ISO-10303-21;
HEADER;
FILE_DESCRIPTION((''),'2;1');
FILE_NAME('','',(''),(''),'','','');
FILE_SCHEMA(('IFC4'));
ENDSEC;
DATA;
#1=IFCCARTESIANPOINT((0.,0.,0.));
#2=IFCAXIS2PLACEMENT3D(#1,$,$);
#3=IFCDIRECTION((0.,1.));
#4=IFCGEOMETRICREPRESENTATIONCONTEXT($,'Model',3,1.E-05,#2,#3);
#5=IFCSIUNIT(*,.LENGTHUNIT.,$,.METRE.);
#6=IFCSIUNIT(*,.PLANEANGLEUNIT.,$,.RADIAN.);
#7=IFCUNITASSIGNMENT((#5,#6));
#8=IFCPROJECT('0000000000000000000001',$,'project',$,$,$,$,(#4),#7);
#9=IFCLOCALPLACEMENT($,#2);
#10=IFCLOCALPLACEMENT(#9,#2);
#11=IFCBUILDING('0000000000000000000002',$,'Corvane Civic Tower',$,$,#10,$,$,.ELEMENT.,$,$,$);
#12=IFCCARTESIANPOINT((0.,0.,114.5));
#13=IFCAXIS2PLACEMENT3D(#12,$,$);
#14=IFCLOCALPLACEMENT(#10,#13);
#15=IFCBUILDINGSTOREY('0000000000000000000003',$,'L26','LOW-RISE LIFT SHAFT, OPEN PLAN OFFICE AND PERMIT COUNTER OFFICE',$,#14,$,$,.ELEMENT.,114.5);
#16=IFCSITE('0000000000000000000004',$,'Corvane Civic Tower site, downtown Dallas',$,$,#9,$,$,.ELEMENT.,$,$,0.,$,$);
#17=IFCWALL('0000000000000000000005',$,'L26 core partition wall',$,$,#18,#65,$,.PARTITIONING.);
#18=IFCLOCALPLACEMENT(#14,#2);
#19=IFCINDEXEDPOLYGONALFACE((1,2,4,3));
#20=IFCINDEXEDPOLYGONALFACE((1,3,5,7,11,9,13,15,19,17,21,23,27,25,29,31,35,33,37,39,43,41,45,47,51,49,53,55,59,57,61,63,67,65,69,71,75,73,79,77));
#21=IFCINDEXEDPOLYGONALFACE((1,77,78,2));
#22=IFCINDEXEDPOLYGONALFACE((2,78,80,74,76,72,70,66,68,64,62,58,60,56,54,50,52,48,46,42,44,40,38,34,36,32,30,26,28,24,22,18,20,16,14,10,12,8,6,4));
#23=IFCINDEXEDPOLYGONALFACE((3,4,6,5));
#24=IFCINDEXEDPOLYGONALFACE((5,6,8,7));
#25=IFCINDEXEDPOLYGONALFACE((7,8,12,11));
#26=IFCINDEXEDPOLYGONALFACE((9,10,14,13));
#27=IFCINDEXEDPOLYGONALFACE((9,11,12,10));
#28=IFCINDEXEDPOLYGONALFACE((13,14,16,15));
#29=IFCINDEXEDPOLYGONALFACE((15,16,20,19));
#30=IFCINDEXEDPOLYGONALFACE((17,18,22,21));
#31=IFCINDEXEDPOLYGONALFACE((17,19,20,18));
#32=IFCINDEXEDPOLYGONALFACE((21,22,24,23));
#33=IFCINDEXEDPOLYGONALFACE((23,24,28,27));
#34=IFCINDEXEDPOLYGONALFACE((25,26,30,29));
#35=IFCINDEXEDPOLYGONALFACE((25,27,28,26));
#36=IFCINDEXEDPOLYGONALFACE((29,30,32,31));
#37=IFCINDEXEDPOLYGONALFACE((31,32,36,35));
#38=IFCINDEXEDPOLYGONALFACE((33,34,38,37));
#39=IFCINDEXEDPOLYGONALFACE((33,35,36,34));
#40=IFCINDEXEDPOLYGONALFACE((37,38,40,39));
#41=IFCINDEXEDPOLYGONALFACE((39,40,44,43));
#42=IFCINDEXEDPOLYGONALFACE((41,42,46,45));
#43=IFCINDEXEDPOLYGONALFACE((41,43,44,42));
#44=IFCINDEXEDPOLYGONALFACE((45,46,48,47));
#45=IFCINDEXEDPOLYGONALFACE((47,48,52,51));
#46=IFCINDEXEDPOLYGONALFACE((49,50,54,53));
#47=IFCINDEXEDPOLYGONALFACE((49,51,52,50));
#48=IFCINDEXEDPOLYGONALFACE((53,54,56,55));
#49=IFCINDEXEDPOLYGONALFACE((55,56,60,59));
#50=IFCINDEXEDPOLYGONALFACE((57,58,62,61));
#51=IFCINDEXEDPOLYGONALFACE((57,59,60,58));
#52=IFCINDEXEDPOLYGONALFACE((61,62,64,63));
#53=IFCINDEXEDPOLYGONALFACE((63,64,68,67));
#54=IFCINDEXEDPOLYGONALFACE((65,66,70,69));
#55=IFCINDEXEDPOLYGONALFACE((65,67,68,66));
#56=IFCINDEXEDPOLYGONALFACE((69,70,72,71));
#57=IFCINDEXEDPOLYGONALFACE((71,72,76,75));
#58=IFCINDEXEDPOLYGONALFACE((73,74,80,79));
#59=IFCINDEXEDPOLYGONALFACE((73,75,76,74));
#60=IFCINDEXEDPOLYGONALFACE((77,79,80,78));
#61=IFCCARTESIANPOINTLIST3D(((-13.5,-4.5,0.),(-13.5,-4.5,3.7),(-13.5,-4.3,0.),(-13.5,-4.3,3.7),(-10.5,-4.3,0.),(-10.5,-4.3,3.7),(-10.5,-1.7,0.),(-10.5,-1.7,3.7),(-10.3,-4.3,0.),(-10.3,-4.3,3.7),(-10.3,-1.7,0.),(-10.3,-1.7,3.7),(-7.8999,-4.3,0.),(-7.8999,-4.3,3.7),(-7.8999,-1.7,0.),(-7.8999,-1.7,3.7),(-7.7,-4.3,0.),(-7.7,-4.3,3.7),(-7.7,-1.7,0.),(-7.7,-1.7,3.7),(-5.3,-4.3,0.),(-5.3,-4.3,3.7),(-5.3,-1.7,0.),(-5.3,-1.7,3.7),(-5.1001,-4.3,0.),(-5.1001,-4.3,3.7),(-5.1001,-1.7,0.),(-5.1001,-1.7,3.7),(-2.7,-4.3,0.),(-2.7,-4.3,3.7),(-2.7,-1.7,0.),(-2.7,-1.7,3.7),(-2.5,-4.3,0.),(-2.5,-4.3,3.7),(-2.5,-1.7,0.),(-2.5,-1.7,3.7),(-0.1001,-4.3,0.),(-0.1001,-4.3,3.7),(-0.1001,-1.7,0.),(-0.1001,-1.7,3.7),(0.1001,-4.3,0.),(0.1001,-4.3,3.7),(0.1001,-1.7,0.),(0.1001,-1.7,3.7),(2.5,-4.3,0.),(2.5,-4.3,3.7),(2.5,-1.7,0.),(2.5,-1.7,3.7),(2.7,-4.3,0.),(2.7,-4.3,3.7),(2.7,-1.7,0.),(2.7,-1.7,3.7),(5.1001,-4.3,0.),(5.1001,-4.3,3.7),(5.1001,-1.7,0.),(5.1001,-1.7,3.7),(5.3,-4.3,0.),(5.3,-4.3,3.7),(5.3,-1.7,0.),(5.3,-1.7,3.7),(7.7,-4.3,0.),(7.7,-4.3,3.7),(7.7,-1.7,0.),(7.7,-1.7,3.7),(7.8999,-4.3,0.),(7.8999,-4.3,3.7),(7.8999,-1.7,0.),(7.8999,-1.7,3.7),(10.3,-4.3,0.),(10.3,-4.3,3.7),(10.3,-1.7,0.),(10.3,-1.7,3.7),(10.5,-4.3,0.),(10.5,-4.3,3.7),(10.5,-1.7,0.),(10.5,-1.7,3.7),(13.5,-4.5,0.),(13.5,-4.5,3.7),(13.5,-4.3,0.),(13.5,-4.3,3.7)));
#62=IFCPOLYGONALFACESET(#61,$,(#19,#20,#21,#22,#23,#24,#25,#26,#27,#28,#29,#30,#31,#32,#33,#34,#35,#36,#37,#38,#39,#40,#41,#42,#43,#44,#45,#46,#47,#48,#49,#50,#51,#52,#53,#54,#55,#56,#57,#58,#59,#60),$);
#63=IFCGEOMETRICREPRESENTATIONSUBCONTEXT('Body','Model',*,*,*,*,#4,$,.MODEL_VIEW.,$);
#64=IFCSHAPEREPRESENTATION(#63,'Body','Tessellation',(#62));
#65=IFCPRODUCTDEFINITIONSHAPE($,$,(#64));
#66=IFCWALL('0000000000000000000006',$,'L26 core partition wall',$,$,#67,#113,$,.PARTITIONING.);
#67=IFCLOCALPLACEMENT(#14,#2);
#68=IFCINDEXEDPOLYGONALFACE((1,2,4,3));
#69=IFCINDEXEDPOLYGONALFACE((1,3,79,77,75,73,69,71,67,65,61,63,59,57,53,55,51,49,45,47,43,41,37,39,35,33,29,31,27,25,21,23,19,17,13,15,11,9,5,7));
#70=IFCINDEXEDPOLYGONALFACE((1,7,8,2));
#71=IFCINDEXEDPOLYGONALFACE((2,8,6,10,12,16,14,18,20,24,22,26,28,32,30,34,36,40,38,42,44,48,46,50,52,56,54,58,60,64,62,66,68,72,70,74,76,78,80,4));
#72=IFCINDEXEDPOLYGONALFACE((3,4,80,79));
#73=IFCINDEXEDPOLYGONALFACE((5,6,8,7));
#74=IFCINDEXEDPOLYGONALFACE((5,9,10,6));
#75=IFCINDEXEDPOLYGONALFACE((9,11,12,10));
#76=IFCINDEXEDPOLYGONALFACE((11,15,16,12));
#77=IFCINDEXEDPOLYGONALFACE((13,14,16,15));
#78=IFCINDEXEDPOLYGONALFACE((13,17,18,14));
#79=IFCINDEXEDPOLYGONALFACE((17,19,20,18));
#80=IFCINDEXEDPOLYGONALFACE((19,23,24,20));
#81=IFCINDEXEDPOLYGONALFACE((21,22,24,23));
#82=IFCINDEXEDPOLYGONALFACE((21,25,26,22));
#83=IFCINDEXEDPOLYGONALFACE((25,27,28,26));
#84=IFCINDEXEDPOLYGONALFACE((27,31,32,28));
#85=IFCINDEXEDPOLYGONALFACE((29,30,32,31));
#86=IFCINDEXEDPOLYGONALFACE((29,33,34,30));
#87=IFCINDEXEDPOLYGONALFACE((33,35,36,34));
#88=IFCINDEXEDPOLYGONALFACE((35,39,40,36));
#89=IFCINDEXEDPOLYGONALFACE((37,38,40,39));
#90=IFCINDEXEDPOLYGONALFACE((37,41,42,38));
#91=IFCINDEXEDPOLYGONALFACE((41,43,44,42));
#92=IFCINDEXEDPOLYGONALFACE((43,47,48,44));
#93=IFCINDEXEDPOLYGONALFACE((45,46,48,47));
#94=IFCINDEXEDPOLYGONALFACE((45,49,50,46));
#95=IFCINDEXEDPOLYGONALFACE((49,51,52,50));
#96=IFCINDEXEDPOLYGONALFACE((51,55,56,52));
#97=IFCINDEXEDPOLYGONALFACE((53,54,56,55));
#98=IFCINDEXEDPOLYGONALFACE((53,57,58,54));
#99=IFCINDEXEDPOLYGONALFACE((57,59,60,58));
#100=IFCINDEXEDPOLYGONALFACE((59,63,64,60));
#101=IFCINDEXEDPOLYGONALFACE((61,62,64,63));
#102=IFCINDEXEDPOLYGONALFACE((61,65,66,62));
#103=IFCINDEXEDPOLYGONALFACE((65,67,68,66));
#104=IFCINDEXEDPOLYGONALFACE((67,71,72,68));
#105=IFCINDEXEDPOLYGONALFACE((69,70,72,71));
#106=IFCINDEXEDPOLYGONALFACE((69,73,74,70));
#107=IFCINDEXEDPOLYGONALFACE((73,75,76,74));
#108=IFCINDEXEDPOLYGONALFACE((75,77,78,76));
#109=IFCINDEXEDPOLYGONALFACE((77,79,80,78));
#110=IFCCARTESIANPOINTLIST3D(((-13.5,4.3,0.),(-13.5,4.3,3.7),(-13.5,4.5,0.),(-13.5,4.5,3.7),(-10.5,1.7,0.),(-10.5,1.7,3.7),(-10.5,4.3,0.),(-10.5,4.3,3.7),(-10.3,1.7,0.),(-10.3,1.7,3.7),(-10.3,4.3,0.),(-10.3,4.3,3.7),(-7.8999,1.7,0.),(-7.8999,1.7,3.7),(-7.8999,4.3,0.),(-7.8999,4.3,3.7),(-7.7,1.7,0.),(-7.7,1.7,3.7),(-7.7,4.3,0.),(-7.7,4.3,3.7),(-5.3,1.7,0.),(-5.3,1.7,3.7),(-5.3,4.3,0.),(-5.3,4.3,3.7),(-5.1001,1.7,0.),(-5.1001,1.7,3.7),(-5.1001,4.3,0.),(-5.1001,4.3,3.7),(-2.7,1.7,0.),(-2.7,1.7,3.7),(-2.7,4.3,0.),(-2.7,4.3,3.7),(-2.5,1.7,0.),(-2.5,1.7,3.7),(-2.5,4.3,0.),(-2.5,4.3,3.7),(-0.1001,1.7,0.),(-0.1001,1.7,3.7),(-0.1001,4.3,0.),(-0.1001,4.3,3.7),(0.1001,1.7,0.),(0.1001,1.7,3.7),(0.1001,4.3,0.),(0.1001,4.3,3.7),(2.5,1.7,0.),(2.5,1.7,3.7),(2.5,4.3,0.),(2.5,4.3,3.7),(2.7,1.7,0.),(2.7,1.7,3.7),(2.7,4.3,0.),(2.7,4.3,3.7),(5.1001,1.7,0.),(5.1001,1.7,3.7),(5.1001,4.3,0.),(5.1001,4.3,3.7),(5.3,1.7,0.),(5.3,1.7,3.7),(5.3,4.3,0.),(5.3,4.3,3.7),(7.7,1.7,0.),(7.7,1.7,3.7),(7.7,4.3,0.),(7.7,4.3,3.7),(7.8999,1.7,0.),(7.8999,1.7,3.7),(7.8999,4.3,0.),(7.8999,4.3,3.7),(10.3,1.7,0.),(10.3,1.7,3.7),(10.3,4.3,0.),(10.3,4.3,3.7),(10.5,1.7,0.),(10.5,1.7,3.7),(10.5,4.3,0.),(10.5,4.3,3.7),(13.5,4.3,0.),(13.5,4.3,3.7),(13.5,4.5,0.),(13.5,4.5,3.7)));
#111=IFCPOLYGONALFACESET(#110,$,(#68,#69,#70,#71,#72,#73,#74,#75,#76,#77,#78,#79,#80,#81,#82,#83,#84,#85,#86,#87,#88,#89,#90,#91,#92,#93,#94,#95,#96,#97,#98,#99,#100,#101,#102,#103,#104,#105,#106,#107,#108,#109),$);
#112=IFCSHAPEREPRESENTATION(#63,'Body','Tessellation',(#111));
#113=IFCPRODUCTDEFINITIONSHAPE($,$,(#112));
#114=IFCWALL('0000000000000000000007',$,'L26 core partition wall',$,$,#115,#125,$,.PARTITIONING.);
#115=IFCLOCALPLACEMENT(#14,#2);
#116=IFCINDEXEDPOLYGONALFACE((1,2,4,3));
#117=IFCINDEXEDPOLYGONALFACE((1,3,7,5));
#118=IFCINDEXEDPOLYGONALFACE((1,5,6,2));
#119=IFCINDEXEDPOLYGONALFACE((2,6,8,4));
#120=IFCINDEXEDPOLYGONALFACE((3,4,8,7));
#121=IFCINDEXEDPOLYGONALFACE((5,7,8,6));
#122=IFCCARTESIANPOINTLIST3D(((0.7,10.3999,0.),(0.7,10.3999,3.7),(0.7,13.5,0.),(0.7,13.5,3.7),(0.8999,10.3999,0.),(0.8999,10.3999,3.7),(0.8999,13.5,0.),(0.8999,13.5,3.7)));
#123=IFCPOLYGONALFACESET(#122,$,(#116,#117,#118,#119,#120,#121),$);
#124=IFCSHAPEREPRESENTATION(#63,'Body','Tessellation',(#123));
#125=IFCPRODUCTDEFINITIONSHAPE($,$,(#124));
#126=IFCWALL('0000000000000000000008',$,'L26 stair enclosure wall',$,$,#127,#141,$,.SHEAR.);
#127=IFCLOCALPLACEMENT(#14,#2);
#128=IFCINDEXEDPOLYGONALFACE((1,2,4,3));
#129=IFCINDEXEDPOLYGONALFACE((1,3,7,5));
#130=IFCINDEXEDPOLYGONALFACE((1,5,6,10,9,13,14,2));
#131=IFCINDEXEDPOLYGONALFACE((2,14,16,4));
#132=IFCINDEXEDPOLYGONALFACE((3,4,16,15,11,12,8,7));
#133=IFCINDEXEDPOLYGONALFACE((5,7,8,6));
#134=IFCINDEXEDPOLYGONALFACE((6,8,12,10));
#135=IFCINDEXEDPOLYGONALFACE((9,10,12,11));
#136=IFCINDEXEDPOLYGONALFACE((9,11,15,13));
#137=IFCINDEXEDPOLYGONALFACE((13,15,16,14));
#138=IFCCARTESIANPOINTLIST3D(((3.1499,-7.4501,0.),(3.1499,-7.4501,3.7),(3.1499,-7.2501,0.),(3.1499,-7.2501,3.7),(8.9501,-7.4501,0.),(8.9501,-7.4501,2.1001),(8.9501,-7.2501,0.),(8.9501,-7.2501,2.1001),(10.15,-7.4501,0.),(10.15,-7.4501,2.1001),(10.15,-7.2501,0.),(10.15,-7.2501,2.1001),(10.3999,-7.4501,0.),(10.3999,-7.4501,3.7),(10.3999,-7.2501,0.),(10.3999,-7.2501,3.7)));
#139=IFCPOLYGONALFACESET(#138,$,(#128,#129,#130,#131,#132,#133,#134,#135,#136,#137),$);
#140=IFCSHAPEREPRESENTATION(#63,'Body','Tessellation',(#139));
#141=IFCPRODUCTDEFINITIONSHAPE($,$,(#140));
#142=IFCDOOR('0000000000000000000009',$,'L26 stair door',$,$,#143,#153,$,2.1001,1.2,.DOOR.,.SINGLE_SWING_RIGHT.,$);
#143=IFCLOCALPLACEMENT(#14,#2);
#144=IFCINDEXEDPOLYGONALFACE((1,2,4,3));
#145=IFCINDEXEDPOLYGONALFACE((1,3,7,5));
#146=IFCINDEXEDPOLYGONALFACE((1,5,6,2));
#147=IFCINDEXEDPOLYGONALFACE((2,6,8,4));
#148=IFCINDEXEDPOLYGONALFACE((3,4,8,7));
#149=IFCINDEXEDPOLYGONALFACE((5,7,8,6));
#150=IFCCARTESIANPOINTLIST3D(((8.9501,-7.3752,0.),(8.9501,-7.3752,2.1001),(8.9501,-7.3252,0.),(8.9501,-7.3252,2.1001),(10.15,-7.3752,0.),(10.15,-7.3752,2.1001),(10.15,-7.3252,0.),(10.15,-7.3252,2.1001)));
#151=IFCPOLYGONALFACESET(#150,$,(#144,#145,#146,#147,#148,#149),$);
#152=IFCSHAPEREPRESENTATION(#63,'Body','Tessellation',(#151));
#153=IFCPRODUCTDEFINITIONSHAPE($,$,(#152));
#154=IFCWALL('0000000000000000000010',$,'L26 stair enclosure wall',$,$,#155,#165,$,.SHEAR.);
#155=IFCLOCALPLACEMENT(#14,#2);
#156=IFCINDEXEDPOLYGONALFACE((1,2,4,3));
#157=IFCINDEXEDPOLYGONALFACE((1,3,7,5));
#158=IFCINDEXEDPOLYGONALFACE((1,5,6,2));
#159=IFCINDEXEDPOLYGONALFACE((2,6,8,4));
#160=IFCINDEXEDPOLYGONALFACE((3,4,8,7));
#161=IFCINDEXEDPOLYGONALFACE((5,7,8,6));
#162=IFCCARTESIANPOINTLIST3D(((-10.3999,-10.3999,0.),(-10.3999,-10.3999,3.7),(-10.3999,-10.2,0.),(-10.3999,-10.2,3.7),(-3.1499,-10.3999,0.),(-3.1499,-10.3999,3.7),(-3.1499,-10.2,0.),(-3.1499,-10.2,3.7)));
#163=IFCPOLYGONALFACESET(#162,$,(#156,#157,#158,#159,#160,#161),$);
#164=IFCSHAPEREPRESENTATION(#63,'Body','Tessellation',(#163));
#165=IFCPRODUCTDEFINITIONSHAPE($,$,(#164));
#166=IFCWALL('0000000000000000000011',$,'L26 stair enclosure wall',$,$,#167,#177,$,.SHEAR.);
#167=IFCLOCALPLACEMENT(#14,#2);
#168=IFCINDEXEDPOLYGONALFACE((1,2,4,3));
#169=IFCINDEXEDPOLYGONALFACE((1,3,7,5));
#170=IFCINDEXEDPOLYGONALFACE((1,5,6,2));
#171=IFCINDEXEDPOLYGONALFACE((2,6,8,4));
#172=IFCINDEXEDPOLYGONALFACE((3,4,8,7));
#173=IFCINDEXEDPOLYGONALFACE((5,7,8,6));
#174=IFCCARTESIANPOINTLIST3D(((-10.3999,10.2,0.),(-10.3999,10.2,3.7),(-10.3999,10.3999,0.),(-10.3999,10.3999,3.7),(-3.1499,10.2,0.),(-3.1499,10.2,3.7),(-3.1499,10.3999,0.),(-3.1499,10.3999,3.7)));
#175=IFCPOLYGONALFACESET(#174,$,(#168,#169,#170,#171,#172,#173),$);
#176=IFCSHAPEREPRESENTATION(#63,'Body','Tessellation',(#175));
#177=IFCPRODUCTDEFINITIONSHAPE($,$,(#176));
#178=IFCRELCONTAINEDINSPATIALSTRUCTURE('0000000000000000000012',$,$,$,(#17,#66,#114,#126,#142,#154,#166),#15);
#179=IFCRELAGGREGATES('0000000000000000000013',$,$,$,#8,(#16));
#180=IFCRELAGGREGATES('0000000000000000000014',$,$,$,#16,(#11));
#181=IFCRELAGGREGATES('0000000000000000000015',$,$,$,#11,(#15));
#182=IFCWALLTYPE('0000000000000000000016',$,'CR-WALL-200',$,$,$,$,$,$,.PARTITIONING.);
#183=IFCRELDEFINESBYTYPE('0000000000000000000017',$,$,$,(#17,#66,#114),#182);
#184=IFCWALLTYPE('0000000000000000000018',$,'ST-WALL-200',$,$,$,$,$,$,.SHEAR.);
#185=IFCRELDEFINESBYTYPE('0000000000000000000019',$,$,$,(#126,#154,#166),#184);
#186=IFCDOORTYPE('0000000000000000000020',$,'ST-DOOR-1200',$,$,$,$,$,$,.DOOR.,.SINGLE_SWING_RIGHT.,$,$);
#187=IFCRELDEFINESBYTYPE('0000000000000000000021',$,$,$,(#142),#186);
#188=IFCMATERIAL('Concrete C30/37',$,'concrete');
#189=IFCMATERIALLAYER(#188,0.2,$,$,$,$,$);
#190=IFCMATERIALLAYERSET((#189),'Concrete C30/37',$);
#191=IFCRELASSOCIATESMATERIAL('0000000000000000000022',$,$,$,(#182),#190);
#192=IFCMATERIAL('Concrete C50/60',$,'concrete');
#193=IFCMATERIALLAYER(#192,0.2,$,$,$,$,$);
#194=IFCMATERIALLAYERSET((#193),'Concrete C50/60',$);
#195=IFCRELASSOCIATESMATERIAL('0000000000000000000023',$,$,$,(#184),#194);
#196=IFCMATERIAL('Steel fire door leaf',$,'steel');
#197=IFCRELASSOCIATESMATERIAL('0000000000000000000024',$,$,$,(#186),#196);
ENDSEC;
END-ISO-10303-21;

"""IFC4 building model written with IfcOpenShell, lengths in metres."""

from ifc_helpers import new_model, si_unit, direction, frame, frame_2d, origin, place, context, subcontext, project, spatial, polyline, rectangle, outline, extrude, material, layer, layer_set, type_object, element, fill, save


model = new_model("IFC4")

# Units and contexts
model_context = context("Model", 3, precision=1e-05, world=origin(), true_north=direction((0.0, 1.0)))
body_context = subcontext(model_context, "Body", "Model", "MODEL_VIEW")
ifc_project = project(units=[si_unit("LENGTHUNIT", "METRE"), si_unit("PLANEANGLEUNIT", "RADIAN")], contexts=[model_context])

# Site, building, storey
site_placement = place(None, origin())
site = spatial("IfcSite", under=ifc_project, at=site_placement, Name="Corvane Civic Tower site, downtown Dallas", CompositionType="ELEMENT", RefElevation=0.0)
building_placement = place(site_placement, origin())
building = spatial("IfcBuilding", under=site, at=building_placement, Name="Corvane Civic Tower", CompositionType="ELEMENT")
storey_placement = place(building_placement, frame((0.0, 0.0, 114.5)))
storey = spatial("IfcBuildingStorey", under=building, at=storey_placement, Name="L26", Description="LOW-RISE LIFT SHAFT, OPEN PLAN OFFICE AND PERMIT COUNTER OFFICE", CompositionType="ELEMENT", Elevation=114.5)

# Shared definitions
ifc_material_1 = material(Name="Concrete C30/37", Category="concrete")
ifc_layer_1 = layer(ifc_material_1, 0.2)
ifc_layer_set_1 = layer_set([ifc_layer_1], Name="Concrete C30/37")
wall_type_1 = type_object("IfcWallType", Name="CR-WALL-200", PredefinedType="PARTITIONING", material=ifc_layer_set_1)

# Walls
wall_1_placement = place(storey_placement, origin())
element("IfcWall", 1, at=wall_1_placement, inside=storey, type_object=wall_type_1, Name="L26 core partition wall", PredefinedType="PARTITIONING", context=body_context, shape_type="SweptSolid", body=[
    extrude(outline(polyline([(-10.3, -1.7), (-10.3, -4.3), (-7.8999, -4.3), (-7.8999, -1.7), (-7.7, -1.7), (-7.7, -4.3), (-5.3, -4.3), (-5.3, -1.7), (-5.1001, -1.7), (-5.1001, -4.3), (-2.7, -4.3), (-2.7, -1.7), (-2.5, -1.7), (-2.5, -4.3), (-0.1001, -4.3), (-0.1001, -1.7), (0.1001, -1.7), (0.1001, -4.3), (2.5, -4.3), (2.5, -1.7), (2.7, -1.7), (2.7, -4.3), (5.1001, -4.3), (5.1001, -1.7), (5.3, -1.7), (5.3, -4.3), (7.7, -4.3), (7.7, -1.7), (7.8999, -1.7), (7.8999, -4.3), (10.3, -4.3), (10.3, -1.7), (10.5, -1.7), (10.5, -4.3), (13.5, -4.3), (13.5, -4.5), (-13.5, -4.5), (-13.5, -4.3), (-10.5, -4.3), (-10.5, -1.7), (-10.3, -1.7)])), origin(), (0.0, 0.0, 1.0), 3.7),
])
wall_2_placement = place(storey_placement, origin())
element("IfcWall", 2, at=wall_2_placement, inside=storey, type_object=wall_type_1, Name="L26 core partition wall", PredefinedType="PARTITIONING", context=body_context, shape_type="SweptSolid", body=[
    extrude(outline(polyline([(0.1001, 1.7), (-0.1001, 1.7), (-0.1001, 4.3), (-2.5, 4.3), (-2.5, 1.7), (-2.7, 1.7), (-2.7, 4.3), (-5.1001, 4.3), (-5.1001, 1.7), (-5.3, 1.7), (-5.3, 4.3), (-7.7, 4.3), (-7.7, 1.7), (-7.8999, 1.7), (-7.8999, 4.3), (-10.3, 4.3), (-10.3, 1.7), (-10.5, 1.7), (-10.5, 4.3), (-13.5, 4.3), (-13.5, 4.5), (13.5, 4.5), (13.5, 4.3), (10.5, 4.3), (10.5, 1.7), (10.3, 1.7), (10.3, 4.3), (7.8999, 4.3), (7.8999, 1.7), (7.7, 1.7), (7.7, 4.3), (5.3, 4.3), (5.3, 1.7), (5.1001, 1.7), (5.1001, 4.3), (2.7, 4.3), (2.7, 1.7), (2.5, 1.7), (2.5, 4.3), (0.1001, 4.3), (0.1001, 1.7)])), origin(), (0.0, 0.0, 1.0), 3.7),
])
wall_3_placement = place(storey_placement, origin())
element("IfcWall", 3, at=wall_3_placement, inside=storey, type_object=wall_type_1, Name="L26 core partition wall", PredefinedType="PARTITIONING", context=body_context, shape_type="SweptSolid", body=[
    extrude(outline(polyline([(0.8999, 10.3999), (0.7, 10.3999), (0.7, 13.5), (0.8999, 13.5), (0.8999, 10.3999)])), origin(), (0.0, 0.0, 1.0), 3.7),
])

# Wall, opening, door
ifc_material_2 = material(Name="Concrete C50/60", Category="concrete")
ifc_layer_2 = layer(ifc_material_2, 0.2)
ifc_layer_set_2 = layer_set([ifc_layer_2], Name="Concrete C50/60")
wall_type_2 = type_object("IfcWallType", Name="ST-WALL-200", PredefinedType="SHEAR", material=ifc_layer_set_2)
wall_4_placement = place(storey_placement, frame((3.1499, -7.3501, 0.0), z_axis=(0.0, 0.0, 1.0), x_axis=(1.0, 0.0, 0.0)))
wall_4 = element("IfcWall", 4, at=wall_4_placement, inside=storey, type_object=wall_type_2, Name="L26 stair enclosure wall", PredefinedType="SHEAR", context=body_context, shape_type="SweptSolid", body=[
    extrude(rectangle(XDim=7.25, YDim=0.2, at=frame_2d((3.625, 0.0))), origin(), (0.0, 0.0, 1.0), 3.7),
])
opening_1_placement = place(wall_4_placement, frame((5.8, 0.0, 0.0)))
opening_1 = element("IfcOpeningElement", 5, at=opening_1_placement, cuts=wall_4, PredefinedType="OPENING", context=body_context, shape_type="SweptSolid", body=[
    extrude(rectangle(XDim=1.2, YDim=2.1001, at=frame_2d((0.6001, 1.05))), frame((0.0, 0.1099, 0.0), z_axis=(0.0, -1.0, 0.0), x_axis=(1.0, 0.0, 0.0)), (0.0, 0.0, 1.0), 0.22),
])
ifc_material_3 = material(Name="Steel fire door leaf", Category="steel")
door_type_1 = type_object("IfcDoorType", Name="ST-DOOR-1200", OperationType="SINGLE_SWING_RIGHT", PredefinedType="DOOR", material=ifc_material_3)
door_1_placement = place(opening_1_placement, origin())
door_1 = element("IfcDoor", 6, at=door_1_placement, inside=storey, type_object=door_type_1, Name="L26 stair door", OperationType="SINGLE_SWING_RIGHT", OverallHeight=2.1001, OverallWidth=1.2, PredefinedType="DOOR", context=body_context, shape_type="SweptSolid", body=[
    extrude(rectangle(XDim=1.2, YDim=2.1001, at=frame_2d((0.6001, 1.05))), frame((0.0, 0.0249, 0.0), z_axis=(0.0, -1.0, 0.0), x_axis=(1.0, 0.0, 0.0)), (0.0, 0.0, 1.0), 0.05),
])
fill(opening_1, door_1)

# Walls
wall_5_placement = place(storey_placement, origin())
element("IfcWall", 7, at=wall_5_placement, inside=storey, type_object=wall_type_2, Name="L26 stair enclosure wall", PredefinedType="SHEAR", context=body_context, shape_type="SweptSolid", body=[
    extrude(outline(polyline([(-3.1499, -10.2), (-3.1499, -10.3999), (-10.3999, -10.3999), (-10.3999, -10.2), (-3.1499, -10.2)])), origin(), (0.0, 0.0, 1.0), 3.7),
])
wall_6_placement = place(storey_placement, origin())
element("IfcWall", 8, at=wall_6_placement, inside=storey, type_object=wall_type_2, Name="L26 stair enclosure wall", PredefinedType="SHEAR", context=body_context, shape_type="SweptSolid", body=[
    extrude(outline(polyline([(-3.1499, 10.2), (-10.3999, 10.2), (-10.3999, 10.3999), (-3.1499, 10.3999), (-3.1499, 10.2)])), origin(), (0.0, 0.0, 1.0), 3.7),
])

save(model, "model.ifc")
